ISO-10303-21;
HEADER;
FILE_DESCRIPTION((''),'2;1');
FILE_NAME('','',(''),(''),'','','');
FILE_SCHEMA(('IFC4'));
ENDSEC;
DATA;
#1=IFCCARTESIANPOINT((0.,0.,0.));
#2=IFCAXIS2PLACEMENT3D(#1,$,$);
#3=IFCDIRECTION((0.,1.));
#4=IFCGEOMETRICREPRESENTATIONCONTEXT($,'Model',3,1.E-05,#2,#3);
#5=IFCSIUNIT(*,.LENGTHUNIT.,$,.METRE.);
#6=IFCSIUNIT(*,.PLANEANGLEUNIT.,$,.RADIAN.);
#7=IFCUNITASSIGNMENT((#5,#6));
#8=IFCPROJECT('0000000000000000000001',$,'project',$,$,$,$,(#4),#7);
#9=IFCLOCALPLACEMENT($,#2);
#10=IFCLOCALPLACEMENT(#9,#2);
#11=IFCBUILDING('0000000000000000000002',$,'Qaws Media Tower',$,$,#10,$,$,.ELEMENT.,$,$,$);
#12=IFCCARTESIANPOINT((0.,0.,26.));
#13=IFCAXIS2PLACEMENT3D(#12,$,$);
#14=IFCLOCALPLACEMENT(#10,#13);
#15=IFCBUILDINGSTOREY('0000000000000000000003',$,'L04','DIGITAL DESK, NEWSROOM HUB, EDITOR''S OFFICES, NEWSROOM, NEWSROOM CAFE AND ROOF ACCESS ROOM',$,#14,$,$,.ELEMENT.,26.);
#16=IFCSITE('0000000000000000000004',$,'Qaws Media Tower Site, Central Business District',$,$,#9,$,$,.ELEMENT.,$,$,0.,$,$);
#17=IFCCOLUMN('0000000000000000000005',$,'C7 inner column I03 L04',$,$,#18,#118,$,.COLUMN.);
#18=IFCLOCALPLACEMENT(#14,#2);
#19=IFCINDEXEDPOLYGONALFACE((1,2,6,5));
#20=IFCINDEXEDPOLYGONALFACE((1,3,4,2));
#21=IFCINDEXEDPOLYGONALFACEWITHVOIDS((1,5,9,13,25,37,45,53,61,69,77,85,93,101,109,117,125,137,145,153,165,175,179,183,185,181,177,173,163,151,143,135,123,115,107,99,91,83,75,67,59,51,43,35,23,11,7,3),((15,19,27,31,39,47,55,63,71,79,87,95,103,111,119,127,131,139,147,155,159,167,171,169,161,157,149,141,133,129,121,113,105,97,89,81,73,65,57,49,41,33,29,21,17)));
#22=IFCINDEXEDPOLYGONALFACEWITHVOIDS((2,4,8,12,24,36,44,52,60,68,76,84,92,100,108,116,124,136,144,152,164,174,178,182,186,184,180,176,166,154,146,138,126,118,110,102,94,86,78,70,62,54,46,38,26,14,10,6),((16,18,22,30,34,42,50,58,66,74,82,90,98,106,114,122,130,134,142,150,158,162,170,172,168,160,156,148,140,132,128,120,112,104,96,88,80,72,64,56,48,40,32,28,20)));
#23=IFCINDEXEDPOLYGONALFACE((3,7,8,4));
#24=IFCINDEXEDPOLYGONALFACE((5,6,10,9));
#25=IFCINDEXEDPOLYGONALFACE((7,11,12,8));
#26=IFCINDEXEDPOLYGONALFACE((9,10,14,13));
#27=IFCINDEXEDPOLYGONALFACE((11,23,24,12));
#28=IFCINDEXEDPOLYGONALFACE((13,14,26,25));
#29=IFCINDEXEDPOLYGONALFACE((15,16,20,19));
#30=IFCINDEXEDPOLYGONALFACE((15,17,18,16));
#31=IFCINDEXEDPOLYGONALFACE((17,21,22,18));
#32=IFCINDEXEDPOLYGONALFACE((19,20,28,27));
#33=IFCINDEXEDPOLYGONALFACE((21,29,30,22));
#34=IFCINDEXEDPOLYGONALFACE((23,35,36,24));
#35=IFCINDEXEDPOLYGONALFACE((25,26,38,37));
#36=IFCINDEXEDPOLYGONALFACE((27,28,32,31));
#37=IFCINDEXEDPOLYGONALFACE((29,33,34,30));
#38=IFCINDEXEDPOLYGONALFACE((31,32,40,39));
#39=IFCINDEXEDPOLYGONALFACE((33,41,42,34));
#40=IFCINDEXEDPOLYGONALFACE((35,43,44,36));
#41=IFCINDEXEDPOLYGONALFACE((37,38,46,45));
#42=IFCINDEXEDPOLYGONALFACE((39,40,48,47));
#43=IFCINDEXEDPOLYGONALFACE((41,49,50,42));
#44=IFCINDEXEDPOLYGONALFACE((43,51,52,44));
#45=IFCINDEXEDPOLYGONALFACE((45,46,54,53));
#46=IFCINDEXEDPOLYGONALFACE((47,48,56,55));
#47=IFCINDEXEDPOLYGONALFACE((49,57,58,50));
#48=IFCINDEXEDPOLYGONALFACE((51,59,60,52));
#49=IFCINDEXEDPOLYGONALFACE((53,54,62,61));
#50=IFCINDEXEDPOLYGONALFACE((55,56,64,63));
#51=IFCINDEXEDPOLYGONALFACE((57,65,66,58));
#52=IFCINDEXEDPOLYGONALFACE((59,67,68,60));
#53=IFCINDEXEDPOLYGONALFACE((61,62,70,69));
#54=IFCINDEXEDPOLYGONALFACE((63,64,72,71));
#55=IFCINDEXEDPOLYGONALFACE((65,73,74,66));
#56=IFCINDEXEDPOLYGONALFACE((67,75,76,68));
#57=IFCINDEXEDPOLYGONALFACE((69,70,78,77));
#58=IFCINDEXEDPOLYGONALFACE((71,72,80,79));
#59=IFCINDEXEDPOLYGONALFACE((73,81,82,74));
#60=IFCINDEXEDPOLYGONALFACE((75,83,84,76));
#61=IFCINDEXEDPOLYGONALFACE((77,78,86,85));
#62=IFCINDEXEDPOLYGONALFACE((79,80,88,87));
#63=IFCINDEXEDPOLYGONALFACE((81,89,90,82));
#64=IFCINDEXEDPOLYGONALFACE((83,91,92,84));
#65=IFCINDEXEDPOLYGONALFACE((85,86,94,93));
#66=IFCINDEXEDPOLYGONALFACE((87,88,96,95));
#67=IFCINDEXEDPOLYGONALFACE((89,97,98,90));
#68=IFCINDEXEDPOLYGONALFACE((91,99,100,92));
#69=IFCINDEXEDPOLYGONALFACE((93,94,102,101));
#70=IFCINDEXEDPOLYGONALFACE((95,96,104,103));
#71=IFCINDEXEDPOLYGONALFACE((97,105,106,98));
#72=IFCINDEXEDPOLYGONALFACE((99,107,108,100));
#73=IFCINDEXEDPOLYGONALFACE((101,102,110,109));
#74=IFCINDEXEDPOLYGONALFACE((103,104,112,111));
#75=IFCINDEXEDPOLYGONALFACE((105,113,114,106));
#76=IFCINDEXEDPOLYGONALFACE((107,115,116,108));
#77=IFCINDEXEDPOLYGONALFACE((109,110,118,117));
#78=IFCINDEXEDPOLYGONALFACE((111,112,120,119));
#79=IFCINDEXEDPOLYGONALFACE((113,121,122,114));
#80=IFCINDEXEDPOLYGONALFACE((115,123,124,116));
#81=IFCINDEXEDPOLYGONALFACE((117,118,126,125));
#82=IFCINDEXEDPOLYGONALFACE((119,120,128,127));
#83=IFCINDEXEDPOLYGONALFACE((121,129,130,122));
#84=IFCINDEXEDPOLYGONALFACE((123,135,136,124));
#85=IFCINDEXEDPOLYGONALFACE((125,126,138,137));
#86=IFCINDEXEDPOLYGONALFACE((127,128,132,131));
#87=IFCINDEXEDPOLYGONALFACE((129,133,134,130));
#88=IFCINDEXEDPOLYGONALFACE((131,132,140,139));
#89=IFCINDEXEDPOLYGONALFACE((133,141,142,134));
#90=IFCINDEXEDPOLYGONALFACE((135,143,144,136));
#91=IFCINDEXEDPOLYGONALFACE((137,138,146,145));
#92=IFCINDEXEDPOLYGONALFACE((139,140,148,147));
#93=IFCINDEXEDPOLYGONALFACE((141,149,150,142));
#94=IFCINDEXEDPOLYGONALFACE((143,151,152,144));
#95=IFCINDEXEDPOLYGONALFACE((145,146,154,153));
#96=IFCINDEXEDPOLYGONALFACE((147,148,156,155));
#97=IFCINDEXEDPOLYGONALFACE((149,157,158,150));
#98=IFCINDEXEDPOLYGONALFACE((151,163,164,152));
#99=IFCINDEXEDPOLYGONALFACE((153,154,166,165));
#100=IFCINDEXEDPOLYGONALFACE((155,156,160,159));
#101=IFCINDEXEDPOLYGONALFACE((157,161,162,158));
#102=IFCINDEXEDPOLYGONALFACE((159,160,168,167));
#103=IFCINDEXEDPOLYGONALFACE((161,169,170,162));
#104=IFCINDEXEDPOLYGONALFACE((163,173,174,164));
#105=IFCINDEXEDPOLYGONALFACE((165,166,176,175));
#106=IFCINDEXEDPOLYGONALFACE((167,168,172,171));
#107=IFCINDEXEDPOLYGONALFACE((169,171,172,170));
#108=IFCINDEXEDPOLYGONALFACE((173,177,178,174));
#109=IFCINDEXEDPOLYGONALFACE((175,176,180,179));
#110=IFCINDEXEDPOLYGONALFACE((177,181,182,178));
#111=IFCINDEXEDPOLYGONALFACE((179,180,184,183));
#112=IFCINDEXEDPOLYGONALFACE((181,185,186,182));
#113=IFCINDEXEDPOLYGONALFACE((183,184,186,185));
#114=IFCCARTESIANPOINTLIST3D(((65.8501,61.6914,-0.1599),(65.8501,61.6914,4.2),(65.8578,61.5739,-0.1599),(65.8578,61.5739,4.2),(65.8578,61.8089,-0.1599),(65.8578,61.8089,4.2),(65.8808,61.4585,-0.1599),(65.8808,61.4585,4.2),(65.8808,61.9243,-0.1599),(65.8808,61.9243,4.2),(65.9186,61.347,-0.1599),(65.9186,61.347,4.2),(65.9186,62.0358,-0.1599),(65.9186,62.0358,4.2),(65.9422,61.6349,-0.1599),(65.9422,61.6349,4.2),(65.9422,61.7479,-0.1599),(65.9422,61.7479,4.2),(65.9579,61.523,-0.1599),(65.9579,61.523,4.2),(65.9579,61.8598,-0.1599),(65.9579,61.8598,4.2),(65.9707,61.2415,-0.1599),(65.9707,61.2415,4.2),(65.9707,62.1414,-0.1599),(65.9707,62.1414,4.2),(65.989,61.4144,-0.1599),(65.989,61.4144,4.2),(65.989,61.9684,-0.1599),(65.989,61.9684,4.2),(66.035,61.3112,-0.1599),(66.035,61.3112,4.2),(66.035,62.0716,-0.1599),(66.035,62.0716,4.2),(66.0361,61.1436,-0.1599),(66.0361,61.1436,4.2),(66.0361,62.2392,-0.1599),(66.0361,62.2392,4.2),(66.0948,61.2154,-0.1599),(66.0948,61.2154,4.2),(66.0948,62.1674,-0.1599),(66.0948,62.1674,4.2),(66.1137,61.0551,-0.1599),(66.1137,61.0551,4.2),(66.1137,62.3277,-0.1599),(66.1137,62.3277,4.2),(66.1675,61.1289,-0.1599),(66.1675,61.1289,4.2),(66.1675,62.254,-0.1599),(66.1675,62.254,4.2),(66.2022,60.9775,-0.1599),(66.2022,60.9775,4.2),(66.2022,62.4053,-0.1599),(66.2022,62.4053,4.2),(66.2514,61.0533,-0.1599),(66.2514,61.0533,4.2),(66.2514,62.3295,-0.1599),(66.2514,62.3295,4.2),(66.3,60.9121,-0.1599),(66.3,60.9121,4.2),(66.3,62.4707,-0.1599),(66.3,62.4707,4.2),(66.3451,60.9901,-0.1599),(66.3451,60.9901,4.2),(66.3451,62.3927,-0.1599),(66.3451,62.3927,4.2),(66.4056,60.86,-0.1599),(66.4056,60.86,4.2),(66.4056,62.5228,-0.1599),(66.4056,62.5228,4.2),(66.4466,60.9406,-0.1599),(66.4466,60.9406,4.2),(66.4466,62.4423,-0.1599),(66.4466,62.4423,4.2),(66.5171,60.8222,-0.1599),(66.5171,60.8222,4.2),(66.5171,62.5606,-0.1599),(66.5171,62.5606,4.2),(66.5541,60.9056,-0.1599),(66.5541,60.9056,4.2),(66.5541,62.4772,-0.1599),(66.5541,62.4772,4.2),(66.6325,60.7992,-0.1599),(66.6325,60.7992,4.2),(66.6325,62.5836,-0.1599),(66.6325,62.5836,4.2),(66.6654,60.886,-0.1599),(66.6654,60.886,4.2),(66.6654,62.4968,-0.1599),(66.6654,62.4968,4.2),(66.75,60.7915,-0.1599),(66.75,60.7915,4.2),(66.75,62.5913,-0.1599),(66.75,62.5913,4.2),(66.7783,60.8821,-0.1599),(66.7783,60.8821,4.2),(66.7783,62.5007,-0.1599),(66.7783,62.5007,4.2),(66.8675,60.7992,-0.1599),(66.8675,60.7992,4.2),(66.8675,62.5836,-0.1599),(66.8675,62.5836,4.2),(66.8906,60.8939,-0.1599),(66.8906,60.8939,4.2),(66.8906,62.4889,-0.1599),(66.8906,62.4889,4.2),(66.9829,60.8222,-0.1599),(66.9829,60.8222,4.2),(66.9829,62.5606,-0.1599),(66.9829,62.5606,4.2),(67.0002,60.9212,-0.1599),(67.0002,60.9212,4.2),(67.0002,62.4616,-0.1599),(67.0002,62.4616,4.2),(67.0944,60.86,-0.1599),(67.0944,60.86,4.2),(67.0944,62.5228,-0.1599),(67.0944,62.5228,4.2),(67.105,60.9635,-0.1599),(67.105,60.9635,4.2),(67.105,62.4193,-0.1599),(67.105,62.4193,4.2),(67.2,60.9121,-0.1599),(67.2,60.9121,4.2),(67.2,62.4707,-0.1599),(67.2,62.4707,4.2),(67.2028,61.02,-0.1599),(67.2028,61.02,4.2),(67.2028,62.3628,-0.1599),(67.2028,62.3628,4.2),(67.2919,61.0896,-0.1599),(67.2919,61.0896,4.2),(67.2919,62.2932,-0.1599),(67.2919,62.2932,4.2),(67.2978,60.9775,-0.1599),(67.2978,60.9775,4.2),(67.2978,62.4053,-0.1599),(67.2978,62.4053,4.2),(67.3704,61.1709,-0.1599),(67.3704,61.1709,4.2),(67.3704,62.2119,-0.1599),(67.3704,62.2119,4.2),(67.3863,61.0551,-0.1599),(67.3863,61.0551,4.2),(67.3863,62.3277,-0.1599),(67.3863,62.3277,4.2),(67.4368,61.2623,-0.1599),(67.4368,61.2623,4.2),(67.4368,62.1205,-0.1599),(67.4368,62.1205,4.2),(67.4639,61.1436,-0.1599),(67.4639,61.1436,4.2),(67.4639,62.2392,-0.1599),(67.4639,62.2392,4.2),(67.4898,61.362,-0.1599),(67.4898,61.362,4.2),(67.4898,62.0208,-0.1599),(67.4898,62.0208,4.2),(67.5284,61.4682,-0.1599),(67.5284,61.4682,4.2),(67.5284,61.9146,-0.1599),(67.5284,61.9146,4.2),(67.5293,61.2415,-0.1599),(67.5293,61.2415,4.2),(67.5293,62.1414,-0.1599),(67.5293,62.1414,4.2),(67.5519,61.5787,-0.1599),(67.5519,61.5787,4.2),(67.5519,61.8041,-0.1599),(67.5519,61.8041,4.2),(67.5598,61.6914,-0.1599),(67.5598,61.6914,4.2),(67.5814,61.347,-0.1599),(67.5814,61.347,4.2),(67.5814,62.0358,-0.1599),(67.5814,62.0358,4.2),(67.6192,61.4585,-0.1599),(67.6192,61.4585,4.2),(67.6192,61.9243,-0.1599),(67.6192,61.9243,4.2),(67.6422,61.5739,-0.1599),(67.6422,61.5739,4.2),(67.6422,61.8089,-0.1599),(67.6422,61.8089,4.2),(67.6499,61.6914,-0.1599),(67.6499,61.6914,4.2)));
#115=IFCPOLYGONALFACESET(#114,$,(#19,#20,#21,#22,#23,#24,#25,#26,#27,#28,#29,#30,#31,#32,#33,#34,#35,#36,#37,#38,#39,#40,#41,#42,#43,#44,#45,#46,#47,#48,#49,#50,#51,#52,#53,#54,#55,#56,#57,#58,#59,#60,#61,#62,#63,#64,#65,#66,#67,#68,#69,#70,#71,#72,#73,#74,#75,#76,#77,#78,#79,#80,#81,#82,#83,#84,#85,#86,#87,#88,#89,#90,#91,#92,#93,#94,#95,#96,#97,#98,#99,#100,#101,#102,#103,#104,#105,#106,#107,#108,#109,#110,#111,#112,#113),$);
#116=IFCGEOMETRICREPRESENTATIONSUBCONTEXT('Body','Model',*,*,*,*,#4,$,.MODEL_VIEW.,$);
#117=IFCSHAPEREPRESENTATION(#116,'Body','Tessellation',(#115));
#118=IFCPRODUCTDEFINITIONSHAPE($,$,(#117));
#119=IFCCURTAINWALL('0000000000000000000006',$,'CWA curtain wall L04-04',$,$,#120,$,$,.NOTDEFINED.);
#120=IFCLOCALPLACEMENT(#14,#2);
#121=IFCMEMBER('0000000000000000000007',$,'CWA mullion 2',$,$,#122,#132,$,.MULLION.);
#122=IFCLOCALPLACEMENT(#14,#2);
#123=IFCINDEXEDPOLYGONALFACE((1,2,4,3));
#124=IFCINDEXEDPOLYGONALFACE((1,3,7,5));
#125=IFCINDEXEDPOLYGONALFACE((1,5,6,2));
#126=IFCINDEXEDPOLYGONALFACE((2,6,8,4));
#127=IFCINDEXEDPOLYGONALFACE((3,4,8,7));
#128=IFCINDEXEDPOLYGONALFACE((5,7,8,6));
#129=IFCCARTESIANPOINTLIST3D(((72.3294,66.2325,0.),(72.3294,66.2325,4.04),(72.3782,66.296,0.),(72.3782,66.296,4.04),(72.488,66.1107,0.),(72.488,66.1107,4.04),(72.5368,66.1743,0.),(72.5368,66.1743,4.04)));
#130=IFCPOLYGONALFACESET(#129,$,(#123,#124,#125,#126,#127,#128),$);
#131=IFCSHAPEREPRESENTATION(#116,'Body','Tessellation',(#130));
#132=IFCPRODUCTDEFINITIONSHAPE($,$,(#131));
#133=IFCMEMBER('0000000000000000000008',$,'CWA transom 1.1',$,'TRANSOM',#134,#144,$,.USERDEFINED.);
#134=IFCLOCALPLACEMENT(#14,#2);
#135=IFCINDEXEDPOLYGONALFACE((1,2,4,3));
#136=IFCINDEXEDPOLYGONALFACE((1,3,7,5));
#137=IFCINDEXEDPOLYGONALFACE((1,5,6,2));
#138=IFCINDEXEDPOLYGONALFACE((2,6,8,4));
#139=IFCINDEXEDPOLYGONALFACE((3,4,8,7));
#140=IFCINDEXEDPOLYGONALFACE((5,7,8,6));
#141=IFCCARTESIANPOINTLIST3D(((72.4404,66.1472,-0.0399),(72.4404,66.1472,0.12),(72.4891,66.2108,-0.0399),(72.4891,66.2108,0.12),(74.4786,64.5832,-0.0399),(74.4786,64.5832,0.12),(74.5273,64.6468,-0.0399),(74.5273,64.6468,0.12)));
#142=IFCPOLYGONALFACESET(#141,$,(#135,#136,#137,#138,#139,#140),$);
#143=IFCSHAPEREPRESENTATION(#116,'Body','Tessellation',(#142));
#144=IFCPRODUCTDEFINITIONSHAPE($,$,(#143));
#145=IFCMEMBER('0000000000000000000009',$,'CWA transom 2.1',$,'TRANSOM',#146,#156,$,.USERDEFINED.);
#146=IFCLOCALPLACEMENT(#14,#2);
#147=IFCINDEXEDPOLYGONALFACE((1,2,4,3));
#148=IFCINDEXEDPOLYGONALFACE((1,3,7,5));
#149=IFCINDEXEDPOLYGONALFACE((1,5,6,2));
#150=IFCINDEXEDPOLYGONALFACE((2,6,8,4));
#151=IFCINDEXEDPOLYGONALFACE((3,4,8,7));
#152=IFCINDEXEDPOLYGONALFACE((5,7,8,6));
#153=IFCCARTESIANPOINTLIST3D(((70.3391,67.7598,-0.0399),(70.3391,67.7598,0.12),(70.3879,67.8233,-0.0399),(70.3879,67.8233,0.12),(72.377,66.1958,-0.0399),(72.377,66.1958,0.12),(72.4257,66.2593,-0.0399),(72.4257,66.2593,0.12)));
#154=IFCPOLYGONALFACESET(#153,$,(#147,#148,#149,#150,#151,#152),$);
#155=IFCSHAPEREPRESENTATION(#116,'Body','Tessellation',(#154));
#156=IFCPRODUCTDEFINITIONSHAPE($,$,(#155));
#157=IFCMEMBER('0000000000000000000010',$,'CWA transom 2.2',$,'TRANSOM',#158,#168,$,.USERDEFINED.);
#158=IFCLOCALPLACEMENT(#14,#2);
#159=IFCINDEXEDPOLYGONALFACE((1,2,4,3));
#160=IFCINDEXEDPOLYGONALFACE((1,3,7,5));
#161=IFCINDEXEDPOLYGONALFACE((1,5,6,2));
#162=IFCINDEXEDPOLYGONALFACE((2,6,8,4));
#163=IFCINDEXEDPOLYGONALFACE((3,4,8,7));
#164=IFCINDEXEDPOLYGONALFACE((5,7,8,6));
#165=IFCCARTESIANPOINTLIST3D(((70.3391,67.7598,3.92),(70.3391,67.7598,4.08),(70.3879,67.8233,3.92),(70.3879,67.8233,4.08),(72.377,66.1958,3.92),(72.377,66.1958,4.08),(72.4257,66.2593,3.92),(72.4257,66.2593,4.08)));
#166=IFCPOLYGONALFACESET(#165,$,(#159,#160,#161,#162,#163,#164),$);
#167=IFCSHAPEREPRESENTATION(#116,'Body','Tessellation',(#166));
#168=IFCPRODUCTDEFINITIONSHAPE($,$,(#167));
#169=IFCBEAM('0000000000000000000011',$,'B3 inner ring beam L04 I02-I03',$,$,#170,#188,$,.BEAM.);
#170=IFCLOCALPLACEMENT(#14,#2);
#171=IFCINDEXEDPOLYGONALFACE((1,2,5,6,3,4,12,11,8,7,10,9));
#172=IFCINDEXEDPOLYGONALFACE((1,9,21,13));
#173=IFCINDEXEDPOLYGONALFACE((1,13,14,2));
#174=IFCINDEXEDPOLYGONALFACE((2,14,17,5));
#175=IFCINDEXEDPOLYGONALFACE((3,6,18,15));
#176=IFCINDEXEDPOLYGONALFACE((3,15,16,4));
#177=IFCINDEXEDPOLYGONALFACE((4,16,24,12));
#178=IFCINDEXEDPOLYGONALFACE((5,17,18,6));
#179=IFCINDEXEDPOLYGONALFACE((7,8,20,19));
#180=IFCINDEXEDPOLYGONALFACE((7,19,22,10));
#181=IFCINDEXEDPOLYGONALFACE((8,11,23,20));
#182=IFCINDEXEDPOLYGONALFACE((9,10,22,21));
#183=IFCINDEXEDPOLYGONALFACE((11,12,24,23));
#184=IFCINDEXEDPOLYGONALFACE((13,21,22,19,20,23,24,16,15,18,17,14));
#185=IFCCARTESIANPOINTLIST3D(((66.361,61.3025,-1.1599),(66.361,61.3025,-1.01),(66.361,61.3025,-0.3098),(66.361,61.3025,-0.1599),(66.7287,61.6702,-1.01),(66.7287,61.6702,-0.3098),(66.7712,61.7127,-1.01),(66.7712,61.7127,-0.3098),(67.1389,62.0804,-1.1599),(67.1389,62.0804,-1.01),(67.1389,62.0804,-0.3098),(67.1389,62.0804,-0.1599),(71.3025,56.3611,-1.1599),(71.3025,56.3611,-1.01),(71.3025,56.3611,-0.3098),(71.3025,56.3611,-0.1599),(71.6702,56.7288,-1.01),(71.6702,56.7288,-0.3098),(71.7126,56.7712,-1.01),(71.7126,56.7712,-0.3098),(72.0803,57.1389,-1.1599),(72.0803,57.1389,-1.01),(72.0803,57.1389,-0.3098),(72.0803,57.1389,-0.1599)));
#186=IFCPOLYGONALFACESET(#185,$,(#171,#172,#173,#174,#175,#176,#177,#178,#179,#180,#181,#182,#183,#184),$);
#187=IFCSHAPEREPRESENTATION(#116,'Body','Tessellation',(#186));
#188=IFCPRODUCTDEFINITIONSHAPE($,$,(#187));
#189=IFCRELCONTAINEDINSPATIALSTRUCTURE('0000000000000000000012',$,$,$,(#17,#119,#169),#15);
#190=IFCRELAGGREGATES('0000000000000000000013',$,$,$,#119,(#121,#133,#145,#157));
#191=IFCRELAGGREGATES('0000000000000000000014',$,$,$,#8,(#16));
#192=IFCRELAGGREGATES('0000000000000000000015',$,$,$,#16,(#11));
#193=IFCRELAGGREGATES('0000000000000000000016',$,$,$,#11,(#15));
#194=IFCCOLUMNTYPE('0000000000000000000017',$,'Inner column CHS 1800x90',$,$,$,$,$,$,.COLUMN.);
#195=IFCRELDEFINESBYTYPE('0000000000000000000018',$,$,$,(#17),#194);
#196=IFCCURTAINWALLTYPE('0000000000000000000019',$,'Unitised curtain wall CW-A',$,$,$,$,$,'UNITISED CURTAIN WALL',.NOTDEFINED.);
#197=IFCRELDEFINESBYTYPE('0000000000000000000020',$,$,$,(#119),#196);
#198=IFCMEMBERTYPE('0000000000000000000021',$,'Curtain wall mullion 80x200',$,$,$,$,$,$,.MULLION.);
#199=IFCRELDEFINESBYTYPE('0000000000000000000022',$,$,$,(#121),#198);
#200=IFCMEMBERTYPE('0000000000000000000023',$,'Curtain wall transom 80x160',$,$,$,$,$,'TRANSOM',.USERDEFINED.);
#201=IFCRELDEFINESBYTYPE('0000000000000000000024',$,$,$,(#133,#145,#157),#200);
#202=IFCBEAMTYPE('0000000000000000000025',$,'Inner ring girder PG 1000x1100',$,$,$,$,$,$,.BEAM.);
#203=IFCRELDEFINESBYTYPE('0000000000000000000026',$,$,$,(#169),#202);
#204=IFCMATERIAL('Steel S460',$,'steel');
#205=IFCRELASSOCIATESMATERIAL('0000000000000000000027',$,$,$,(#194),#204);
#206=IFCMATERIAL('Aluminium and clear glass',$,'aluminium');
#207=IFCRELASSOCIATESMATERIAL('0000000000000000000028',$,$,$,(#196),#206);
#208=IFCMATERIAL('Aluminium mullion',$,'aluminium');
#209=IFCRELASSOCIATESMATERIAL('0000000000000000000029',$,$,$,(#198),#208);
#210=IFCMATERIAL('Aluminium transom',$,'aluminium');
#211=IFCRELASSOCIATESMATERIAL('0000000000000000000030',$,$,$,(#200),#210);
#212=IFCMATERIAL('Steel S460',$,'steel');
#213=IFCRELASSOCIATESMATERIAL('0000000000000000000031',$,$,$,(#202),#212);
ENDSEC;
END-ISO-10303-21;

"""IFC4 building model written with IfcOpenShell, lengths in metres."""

from ifc_helpers import new_model, si_unit, direction, frame, origin, origin_2d, place, context, subcontext, project, spatial, rectangle, hollow_circle, i_section, extrude, material, material_profile, profile_set, type_object, element, aggregate, save


model = new_model("IFC4")

# Units and contexts
model_context = context("Model", 3, precision=1e-05, world=origin(), true_north=direction((0.0, 1.0)))
body_context = subcontext(model_context, "Body", "Model", "MODEL_VIEW")
ifc_project = project(units=[si_unit("LENGTHUNIT", "METRE"), si_unit("PLANEANGLEUNIT", "RADIAN")], contexts=[model_context])

# Site, building, storey
site_placement = place(None, origin())
site = spatial("IfcSite", under=ifc_project, at=site_placement, Name="Qaws Media Tower Site, Central Business District", CompositionType="ELEMENT", RefElevation=0.0)
building_placement = place(site_placement, origin())
building = spatial("IfcBuilding", under=site, at=building_placement, Name="Qaws Media Tower", CompositionType="ELEMENT")
storey_placement = place(building_placement, frame((0.0, 0.0, 26.0)))
storey = spatial("IfcBuildingStorey", under=building, at=storey_placement, Name="L04", Description="DIGITAL DESK, NEWSROOM HUB, EDITOR'S OFFICES, NEWSROOM, NEWSROOM CAFE AND ROOF ACCESS ROOM", CompositionType="ELEMENT", Elevation=26.0)

# Column
ifc_material_1 = material(Name="Steel S460", Category="steel")
ifc_material_profile_1 = material_profile(ifc_material_1, hollow_circle(Radius=0.8999, WallThickness=0.0901, at=origin_2d()), Name="CHS 1800x90")
ifc_profile_set_1 = profile_set([ifc_material_profile_1], Name="Steel S460")
column_type = type_object("IfcColumnType", Name="Inner column CHS 1800x90", PredefinedType="COLUMN", material=ifc_profile_set_1)
for number, where, z_axis, x_axis, name in (
    (1, (66.75, 61.6914, -0.1599), (0.0, 0.0, 1.0), (1.0, 0.0, 0.0), "C7 inner column I03 L04"),
):
    element("IfcColumn", number, at=place(storey_placement, frame(where, z_axis=z_axis, x_axis=x_axis)), inside=storey, type_object=column_type, Name=name, PredefinedType="COLUMN", context=body_context, shape_type="SweptSolid", body=[
        extrude(hollow_circle(Radius=0.8999, WallThickness=0.0901, at=origin_2d()), origin(), (0.0, 0.0, 1.0), 4.3599),
    ])

# Curtain wall, members
ifc_material_2 = material(Name="Aluminium and clear glass", Category="aluminium")
curtain_wall_type = type_object("IfcCurtainWallType", Name="Unitised curtain wall CW-A", ElementType="UNITISED CURTAIN WALL", PredefinedType="NOTDEFINED", material=ifc_material_2)
curtain_wall_placement = place(storey_placement, origin())
curtain_wall = element("IfcCurtainWall", 2, at=curtain_wall_placement, inside=storey, type_object=curtain_wall_type, Name="CWA curtain wall L04-04", PredefinedType="NOTDEFINED")
ifc_material_3 = material(Name="Aluminium mullion", Category="aluminium")
ifc_material_profile_2 = material_profile(ifc_material_3, rectangle(XDim=0.0801, YDim=0.2, at=origin_2d()), Name="80x200")
ifc_profile_set_2 = profile_set([ifc_material_profile_2], Name="Aluminium mullion")
member_type_1 = type_object("IfcMemberType", Name="Curtain wall mullion 80x200", PredefinedType="MULLION", material=ifc_profile_set_2)
member_1_placement = place(storey_placement, frame((72.4331, 66.2034, 0.0), z_axis=(0.0, 0.0, 1.0), x_axis=(-0.608761, -0.793353, 0.0)))
member_1 = element("IfcMember", 3, at=member_1_placement, type_object=member_type_1, Name="CWA mullion 2", PredefinedType="MULLION", context=body_context, shape_type="SweptSolid", body=[
    extrude(rectangle(XDim=0.0801, YDim=0.2, at=origin_2d()), origin(), (0.0, 0.0, 1.0), 4.04),
])
ifc_material_4 = material(Name="Aluminium transom", Category="aluminium")
ifc_material_profile_3 = material_profile(ifc_material_4, rectangle(XDim=0.0801, YDim=0.1599, at=origin_2d()), Name="80x160")
ifc_profile_set_3 = profile_set([ifc_material_profile_3], Name="Aluminium transom")
member_type_2 = type_object("IfcMemberType", Name="Curtain wall transom 80x160", ElementType="TRANSOM", PredefinedType="USERDEFINED", material=ifc_profile_set_3)
member_2_placement = place(storey_placement, frame((74.5029, 64.615, 0.04), z_axis=(-0.793337, 0.608783, 0.0), x_axis=(-0.608783, -0.793337, 0.0)))
member_2 = element("IfcMember", 4, at=member_2_placement, type_object=member_type_2, Name="CWA transom 1.1", ObjectType="TRANSOM", PredefinedType="USERDEFINED", context=body_context, shape_type="SweptSolid", body=[
    extrude(rectangle(XDim=0.0801, YDim=0.1599, at=origin_2d()), origin(), (0.0, 0.0, 1.0), 2.5691),
])
member_3_placement = place(storey_placement, frame((72.4014, 66.2275, 0.04), z_axis=(-0.793302, 0.608829, 0.0), x_axis=(-0.608829, -0.793302, 0.0)))
member_3 = element("IfcMember", 5, at=member_3_placement, type_object=member_type_2, Name="CWA transom 2.1", ObjectType="TRANSOM", PredefinedType="USERDEFINED", context=body_context, shape_type="SweptSolid", body=[
    extrude(rectangle(XDim=0.0801, YDim=0.1599, at=origin_2d()), origin(), (0.0, 0.0, 1.0), 2.5688),
])
member_4_placement = place(storey_placement, frame((72.4014, 66.2275, 4.0), z_axis=(-0.793302, 0.608829, 0.0), x_axis=(-0.608829, -0.793302, 0.0)))
member_4 = element("IfcMember", 6, at=member_4_placement, type_object=member_type_2, Name="CWA transom 2.2", ObjectType="TRANSOM", PredefinedType="USERDEFINED", context=body_context, shape_type="SweptSolid", body=[
    extrude(rectangle(XDim=0.0801, YDim=0.1599, at=origin_2d()), origin(), (0.0, 0.0, 1.0), 2.5688),
])

# Beam
ifc_material_5 = material(Name="Steel S460", Category="steel")
ifc_material_profile_4 = material_profile(ifc_material_5, i_section(OverallWidth=1.1001, OverallDepth=1.0, WebThickness=0.0601, FlangeThickness=0.1499, at=origin_2d()), Name="PG 1000x1100")
ifc_profile_set_4 = profile_set([ifc_material_profile_4], Name="Steel S460")
beam_type_1 = type_object("IfcBeamType", Name="Inner ring girder PG 1000x1100", PredefinedType="BEAM", material=ifc_profile_set_4)
beam_1_placement = place(storey_placement, frame((71.6914, 56.75, -0.6599), z_axis=(-0.707107, 0.707107, 0.0), x_axis=(-0.707107, -0.707107, 0.0)))
element("IfcBeam", 7, at=beam_1_placement, inside=storey, type_object=beam_type_1, Name="B3 inner ring beam L04 I02-I03", PredefinedType="BEAM", context=body_context, shape_type="SweptSolid", body=[
    extrude(i_section(OverallWidth=1.1001, OverallDepth=1.0, WebThickness=0.0601, FlangeThickness=0.1499, at=origin_2d()), origin(), (0.0, 0.0, 1.0), 6.9883),
])

aggregate(curtain_wall, [member_1, member_2, member_3, member_4])

save(model, "model.ifc")
